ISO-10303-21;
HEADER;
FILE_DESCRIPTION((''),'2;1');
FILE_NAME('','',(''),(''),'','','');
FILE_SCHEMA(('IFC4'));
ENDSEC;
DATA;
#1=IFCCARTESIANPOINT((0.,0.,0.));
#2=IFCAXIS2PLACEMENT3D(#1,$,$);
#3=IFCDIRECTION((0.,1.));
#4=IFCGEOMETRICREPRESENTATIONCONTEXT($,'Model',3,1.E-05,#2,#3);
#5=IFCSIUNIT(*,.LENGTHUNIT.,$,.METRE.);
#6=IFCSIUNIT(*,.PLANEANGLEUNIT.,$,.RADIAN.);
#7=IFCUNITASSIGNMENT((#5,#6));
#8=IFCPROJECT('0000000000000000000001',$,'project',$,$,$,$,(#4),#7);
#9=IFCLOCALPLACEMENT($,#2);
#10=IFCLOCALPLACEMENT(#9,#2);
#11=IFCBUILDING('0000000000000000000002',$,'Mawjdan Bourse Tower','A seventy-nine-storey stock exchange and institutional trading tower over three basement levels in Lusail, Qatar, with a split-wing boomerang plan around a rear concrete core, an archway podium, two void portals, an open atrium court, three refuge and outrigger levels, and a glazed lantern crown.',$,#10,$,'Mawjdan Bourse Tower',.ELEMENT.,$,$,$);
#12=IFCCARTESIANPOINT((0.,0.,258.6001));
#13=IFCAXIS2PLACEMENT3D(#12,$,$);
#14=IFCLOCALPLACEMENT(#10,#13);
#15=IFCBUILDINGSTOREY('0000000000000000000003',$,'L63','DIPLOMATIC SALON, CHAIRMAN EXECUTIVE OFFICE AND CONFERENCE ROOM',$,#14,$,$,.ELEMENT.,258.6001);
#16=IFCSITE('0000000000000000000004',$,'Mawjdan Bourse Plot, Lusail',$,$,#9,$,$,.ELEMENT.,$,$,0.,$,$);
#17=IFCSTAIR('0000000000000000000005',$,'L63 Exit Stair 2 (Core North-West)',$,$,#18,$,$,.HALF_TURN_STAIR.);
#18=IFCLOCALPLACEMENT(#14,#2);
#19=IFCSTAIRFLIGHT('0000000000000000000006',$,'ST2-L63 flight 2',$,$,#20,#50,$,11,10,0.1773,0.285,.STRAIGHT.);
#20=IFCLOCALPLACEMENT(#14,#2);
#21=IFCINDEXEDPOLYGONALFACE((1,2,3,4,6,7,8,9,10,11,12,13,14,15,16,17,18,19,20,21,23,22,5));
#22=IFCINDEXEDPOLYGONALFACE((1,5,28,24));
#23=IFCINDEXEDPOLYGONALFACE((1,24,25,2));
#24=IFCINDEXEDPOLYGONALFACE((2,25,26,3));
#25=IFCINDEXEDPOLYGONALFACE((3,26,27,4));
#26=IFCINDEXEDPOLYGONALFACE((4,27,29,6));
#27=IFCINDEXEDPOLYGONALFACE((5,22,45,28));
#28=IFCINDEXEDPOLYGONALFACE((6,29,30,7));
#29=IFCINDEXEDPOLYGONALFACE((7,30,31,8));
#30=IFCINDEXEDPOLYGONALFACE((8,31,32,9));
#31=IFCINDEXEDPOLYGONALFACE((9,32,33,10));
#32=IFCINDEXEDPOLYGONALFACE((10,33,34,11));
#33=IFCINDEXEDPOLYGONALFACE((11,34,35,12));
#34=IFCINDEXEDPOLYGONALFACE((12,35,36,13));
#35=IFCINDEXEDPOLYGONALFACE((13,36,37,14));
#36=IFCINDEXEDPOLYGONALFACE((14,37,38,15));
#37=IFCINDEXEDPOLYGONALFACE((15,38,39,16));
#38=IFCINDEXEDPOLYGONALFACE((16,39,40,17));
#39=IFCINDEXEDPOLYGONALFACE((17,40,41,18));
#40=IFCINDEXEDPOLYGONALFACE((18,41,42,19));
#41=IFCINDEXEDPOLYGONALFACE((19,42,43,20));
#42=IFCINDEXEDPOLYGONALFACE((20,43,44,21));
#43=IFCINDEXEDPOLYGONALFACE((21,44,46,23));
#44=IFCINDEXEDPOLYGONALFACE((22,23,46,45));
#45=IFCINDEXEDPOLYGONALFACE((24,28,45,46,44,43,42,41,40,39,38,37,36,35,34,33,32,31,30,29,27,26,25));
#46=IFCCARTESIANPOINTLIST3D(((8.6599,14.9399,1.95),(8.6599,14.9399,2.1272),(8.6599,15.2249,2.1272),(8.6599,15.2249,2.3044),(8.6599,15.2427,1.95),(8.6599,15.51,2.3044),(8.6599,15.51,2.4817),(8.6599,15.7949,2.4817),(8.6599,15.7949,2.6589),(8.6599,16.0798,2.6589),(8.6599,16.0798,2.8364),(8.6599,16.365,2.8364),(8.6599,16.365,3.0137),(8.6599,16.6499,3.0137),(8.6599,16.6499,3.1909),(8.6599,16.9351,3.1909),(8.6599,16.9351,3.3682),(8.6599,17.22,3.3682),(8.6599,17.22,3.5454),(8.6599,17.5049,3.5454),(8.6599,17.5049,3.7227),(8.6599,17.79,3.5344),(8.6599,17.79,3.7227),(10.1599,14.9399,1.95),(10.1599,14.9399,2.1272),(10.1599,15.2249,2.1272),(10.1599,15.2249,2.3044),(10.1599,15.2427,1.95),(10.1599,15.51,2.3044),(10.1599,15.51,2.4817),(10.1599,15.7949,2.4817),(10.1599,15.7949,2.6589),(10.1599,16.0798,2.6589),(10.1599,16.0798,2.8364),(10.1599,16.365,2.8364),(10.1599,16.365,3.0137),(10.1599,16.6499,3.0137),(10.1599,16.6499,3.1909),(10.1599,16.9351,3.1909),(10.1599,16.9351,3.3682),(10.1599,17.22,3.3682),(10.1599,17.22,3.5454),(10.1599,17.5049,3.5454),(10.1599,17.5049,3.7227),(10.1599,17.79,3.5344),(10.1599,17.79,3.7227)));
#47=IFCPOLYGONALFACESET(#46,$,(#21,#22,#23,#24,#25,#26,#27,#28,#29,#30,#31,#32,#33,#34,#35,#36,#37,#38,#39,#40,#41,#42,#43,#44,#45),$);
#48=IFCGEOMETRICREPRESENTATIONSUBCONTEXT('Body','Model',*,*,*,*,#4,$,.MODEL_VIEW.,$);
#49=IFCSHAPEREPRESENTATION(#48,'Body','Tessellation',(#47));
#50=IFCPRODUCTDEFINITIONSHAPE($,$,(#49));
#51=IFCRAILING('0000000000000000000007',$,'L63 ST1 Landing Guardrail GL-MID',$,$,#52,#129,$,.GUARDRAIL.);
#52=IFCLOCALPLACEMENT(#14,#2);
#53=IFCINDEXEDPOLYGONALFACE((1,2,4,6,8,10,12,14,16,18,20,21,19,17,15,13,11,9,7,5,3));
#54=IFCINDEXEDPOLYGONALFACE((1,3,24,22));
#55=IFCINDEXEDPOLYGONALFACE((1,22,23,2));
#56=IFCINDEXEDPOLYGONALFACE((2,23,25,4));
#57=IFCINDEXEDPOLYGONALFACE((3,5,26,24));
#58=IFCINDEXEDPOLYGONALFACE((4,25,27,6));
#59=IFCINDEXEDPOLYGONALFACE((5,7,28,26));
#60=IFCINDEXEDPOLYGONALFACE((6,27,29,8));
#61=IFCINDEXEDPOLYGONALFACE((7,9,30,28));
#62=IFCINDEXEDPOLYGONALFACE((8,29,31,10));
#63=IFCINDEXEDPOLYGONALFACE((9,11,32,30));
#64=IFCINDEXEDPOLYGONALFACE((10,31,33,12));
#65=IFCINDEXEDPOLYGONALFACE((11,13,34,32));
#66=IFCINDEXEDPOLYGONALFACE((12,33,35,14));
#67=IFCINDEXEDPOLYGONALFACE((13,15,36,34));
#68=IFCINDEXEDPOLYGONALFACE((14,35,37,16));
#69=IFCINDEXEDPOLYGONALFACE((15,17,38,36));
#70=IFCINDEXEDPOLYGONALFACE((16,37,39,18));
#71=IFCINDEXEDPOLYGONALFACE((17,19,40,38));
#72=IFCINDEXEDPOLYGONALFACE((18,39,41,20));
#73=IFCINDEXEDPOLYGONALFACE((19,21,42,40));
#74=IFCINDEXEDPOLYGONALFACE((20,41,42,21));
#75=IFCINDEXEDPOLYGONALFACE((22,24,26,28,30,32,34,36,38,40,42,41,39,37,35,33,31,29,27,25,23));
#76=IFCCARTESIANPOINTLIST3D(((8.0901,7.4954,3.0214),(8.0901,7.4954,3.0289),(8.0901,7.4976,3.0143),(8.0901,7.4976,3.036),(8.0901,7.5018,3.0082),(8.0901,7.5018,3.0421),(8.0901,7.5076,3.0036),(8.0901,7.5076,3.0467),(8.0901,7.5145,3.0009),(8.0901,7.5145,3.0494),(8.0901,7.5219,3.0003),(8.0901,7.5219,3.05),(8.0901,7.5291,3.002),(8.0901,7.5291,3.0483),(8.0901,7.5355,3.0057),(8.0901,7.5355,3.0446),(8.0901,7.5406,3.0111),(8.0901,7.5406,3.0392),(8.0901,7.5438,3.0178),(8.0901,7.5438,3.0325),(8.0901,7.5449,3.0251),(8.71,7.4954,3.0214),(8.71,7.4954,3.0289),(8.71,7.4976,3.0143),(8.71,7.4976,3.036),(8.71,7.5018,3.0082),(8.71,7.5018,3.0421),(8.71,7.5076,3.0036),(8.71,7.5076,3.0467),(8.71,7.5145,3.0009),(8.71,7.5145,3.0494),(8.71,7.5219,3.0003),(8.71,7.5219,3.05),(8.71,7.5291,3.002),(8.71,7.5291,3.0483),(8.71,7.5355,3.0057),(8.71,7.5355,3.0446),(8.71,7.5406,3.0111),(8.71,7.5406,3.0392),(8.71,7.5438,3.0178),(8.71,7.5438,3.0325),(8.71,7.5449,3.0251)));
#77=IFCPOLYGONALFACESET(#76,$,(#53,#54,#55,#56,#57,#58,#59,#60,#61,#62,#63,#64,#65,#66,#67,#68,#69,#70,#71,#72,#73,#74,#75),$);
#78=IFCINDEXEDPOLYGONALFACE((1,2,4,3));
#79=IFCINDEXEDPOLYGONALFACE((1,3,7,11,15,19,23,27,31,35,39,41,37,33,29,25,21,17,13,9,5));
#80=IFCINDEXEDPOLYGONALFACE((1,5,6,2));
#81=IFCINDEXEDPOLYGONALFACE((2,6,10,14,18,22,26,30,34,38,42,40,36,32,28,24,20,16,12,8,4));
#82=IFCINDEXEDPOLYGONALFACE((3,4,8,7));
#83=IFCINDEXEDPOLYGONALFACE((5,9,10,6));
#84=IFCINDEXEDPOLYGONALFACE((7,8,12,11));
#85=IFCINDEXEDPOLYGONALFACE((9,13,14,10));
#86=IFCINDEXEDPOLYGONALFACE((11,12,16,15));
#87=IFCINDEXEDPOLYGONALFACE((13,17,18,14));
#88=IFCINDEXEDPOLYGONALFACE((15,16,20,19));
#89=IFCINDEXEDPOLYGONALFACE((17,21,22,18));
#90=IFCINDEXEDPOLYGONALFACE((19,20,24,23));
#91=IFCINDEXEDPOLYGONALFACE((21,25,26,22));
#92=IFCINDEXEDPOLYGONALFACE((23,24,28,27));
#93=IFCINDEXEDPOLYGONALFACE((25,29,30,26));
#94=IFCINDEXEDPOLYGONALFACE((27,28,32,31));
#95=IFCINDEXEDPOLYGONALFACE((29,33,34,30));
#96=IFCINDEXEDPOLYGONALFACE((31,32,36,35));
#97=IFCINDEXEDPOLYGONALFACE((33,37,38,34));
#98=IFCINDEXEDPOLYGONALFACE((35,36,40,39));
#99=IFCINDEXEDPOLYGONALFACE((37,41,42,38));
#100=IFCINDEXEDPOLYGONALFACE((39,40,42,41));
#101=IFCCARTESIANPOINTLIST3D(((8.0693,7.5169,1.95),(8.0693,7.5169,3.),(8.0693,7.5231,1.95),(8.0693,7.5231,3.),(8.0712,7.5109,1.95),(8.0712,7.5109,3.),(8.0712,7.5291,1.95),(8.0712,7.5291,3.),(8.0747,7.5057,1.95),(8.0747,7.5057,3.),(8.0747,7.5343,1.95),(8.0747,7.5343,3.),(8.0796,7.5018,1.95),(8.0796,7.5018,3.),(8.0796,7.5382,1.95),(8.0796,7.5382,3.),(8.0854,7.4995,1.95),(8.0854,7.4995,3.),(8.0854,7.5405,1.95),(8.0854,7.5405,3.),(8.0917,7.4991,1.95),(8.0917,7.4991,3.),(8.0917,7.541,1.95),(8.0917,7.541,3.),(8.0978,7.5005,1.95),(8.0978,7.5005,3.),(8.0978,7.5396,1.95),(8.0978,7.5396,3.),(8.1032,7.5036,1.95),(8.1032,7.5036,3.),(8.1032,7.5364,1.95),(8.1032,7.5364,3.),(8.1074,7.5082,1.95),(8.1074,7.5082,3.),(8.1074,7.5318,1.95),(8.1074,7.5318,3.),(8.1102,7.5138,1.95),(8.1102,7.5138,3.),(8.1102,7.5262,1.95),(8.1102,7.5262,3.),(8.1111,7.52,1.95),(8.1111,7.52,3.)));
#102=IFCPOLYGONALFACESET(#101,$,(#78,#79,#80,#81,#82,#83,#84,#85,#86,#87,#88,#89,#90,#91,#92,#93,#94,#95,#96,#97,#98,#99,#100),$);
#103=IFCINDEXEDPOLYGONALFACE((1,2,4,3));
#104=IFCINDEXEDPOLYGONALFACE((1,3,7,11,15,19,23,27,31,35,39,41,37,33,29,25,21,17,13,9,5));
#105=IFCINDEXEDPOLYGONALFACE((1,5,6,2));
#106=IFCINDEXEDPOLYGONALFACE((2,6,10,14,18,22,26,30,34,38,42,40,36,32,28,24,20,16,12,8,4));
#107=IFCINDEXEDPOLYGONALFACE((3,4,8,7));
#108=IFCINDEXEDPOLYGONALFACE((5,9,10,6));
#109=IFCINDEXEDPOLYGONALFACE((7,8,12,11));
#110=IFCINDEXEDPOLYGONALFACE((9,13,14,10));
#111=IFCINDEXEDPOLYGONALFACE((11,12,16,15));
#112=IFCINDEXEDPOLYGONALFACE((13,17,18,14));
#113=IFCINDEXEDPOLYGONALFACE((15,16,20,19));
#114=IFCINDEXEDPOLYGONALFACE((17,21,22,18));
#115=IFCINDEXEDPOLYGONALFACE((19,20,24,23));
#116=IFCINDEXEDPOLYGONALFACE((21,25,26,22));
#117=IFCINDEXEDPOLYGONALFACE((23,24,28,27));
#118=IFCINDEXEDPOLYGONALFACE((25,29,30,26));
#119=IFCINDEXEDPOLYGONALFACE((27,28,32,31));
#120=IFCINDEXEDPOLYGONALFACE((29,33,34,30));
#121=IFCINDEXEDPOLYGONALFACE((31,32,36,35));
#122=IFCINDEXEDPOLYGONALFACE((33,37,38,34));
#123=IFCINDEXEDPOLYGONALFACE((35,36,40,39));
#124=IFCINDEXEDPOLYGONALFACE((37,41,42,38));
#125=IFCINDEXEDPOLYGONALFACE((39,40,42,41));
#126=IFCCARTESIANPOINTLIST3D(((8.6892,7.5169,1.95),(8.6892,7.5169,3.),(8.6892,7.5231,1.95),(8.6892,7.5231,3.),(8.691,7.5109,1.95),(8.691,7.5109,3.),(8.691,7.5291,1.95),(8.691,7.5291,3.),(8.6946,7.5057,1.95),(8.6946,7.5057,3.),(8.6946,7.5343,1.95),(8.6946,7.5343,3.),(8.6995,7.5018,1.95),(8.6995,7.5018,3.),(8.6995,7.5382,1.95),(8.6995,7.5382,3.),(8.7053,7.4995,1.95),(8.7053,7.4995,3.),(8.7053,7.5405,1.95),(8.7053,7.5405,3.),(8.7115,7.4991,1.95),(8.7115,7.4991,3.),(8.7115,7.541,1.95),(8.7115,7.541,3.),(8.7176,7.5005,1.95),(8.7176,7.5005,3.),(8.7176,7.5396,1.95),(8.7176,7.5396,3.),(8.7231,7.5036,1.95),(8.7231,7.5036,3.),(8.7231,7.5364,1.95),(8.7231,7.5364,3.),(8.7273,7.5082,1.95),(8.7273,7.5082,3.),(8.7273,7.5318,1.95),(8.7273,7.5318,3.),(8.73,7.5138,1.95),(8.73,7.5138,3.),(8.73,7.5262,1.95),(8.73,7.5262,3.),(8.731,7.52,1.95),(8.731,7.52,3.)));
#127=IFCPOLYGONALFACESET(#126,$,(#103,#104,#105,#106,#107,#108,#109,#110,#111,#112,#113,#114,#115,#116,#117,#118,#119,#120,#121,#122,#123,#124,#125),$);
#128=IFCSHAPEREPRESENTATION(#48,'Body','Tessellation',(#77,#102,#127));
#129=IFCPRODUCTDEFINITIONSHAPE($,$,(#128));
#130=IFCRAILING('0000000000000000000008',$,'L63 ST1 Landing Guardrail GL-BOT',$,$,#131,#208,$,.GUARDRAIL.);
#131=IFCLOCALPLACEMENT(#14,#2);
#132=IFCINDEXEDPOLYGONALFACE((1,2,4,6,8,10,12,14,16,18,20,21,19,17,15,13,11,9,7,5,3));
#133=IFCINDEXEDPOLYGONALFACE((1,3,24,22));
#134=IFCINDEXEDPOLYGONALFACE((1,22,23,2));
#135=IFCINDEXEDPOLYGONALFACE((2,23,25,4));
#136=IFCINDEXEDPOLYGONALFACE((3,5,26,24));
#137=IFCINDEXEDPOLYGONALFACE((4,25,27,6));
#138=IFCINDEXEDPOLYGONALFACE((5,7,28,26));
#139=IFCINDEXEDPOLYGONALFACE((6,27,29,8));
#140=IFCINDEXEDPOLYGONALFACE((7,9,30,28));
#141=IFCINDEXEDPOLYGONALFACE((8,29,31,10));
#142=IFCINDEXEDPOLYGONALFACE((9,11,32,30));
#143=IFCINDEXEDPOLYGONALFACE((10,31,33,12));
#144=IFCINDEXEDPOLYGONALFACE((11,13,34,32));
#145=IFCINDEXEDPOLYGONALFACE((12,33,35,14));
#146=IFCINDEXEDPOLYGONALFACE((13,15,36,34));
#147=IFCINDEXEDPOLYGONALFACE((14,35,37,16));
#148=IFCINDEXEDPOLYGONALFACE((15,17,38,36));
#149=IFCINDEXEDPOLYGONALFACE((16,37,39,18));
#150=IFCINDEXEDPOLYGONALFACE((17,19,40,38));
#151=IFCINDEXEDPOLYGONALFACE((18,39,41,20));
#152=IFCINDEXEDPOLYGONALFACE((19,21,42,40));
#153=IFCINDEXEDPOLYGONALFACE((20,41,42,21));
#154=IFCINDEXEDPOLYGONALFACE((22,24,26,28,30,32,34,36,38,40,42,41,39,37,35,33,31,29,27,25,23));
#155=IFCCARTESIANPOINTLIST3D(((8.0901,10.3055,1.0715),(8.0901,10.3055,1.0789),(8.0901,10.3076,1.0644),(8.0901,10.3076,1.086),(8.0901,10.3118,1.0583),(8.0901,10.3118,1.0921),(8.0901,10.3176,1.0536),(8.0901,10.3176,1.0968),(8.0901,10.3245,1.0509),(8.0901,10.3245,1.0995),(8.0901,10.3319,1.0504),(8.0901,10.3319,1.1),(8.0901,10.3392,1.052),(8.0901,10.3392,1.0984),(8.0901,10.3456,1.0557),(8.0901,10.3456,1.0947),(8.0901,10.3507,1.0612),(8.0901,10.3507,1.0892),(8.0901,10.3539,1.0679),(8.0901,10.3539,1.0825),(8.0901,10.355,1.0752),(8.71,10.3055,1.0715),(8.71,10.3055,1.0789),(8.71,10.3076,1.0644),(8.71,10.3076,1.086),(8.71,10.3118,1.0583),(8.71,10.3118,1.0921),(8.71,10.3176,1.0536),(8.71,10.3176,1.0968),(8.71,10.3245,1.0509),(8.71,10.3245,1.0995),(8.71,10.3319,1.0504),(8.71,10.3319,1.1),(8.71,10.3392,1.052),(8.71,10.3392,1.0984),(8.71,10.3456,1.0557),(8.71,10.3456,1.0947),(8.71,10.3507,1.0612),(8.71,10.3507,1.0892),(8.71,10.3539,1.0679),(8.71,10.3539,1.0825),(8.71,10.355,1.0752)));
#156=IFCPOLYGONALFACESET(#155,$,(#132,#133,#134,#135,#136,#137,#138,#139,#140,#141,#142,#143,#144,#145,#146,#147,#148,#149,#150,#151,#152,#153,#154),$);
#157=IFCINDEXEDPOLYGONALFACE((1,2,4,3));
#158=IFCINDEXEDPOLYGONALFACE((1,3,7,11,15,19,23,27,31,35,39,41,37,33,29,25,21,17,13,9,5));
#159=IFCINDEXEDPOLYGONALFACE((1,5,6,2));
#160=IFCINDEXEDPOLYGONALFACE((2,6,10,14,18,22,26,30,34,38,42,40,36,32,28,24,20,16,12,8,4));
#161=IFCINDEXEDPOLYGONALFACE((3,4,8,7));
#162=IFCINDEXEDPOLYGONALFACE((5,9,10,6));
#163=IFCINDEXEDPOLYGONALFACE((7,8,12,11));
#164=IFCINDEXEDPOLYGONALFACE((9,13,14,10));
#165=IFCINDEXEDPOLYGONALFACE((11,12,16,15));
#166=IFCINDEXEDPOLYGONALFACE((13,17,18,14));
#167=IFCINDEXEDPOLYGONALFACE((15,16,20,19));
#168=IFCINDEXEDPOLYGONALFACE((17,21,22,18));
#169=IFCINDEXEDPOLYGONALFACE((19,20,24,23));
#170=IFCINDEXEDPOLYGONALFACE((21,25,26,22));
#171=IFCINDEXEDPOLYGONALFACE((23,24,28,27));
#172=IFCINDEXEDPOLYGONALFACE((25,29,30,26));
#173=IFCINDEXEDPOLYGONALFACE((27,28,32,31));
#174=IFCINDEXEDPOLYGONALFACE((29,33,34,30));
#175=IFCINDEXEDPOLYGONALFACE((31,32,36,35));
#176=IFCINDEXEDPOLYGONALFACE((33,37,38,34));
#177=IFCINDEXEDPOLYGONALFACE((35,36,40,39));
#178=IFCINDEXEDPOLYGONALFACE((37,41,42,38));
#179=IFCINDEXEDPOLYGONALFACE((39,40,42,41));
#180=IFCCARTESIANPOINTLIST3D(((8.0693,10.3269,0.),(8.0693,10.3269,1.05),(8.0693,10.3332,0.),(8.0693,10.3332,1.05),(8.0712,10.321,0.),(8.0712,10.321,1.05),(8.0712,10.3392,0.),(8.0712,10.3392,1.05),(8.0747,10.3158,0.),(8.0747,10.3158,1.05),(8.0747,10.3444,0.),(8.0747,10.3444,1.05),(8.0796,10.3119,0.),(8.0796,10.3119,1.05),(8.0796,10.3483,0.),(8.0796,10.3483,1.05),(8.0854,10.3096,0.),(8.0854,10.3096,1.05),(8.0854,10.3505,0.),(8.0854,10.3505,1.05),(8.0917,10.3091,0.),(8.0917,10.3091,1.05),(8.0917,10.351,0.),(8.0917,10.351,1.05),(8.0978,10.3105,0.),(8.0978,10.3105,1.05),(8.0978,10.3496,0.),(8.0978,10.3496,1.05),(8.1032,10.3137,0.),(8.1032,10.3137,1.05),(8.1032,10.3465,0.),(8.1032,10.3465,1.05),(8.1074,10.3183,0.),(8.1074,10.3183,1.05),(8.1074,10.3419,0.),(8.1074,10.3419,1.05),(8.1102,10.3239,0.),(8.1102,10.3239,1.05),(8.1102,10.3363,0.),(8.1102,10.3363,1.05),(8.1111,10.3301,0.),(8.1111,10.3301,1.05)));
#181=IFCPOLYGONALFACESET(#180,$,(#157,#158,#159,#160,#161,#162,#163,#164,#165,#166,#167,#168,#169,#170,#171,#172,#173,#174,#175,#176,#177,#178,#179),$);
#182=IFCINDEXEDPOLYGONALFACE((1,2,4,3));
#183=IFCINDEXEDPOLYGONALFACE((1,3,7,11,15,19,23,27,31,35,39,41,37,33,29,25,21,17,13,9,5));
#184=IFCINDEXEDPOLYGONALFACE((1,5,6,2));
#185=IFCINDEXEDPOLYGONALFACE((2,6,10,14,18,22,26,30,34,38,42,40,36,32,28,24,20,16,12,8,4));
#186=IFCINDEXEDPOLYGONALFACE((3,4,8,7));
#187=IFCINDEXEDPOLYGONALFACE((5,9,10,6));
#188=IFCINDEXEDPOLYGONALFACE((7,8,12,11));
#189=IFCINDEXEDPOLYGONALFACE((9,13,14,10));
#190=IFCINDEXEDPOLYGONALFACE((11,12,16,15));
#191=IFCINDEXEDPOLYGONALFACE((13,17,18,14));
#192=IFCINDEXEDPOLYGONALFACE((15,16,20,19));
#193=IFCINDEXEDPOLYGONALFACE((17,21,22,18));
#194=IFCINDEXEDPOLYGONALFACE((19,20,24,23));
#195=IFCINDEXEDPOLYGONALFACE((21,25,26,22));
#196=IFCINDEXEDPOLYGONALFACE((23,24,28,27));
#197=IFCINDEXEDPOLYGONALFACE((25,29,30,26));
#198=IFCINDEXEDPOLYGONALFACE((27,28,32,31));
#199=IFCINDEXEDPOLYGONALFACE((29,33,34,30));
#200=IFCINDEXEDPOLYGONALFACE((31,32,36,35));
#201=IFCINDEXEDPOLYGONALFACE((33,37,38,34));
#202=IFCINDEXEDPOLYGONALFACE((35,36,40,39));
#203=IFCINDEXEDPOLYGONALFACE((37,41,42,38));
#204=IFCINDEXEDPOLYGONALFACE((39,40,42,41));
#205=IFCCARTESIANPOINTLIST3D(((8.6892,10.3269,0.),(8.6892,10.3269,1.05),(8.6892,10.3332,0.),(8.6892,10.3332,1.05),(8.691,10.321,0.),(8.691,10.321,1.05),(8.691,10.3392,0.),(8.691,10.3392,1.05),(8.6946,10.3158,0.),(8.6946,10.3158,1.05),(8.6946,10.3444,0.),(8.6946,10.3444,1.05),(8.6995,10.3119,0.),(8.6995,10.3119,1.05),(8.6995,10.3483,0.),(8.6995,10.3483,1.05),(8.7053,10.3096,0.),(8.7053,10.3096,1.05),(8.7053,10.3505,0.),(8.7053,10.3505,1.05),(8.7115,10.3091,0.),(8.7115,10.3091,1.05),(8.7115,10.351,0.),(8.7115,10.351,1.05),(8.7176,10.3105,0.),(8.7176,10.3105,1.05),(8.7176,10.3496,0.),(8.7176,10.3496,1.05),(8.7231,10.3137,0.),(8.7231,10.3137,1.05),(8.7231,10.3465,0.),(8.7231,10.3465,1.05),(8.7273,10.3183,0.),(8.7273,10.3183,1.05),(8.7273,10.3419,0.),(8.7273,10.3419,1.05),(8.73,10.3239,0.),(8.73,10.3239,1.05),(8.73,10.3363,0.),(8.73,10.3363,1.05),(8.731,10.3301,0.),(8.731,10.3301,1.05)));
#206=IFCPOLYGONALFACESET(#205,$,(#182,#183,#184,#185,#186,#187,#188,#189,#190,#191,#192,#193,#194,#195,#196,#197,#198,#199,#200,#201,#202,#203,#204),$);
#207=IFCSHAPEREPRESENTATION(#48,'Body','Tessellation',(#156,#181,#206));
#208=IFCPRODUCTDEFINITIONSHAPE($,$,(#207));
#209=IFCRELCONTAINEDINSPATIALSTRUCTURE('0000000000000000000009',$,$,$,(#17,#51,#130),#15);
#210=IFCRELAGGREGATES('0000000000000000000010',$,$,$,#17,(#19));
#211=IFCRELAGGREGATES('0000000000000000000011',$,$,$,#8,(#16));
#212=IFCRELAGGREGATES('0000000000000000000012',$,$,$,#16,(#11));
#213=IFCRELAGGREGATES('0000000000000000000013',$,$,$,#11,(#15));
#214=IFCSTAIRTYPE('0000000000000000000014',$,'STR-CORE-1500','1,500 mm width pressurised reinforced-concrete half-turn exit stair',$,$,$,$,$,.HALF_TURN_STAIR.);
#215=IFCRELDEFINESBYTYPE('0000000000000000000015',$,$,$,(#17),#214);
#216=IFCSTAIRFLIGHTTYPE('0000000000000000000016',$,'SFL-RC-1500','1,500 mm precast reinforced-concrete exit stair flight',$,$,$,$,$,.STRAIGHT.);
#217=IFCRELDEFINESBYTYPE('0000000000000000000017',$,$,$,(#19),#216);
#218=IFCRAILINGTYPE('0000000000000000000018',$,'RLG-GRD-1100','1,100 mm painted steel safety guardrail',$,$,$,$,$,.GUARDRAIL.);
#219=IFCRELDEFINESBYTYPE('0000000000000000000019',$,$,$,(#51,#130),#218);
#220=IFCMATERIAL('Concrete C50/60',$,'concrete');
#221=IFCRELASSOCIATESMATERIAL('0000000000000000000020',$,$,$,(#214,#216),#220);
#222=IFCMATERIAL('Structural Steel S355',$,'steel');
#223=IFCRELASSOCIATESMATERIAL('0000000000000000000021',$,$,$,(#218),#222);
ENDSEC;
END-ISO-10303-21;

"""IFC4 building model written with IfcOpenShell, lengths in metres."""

from ifc_helpers import new_model, si_unit, direction, frame, origin, origin_2d, place, context, subcontext, project, spatial, polyline, circle, outline, extrude, material, type_object, element, aggregate, save


model = new_model("IFC4")

# Units and contexts
model_context = context("Model", 3, precision=1e-05, world=origin(), true_north=direction((0.0, 1.0)))
body_context = subcontext(model_context, "Body", "Model", "MODEL_VIEW")
ifc_project = project(units=[si_unit("LENGTHUNIT", "METRE"), si_unit("PLANEANGLEUNIT", "RADIAN")], contexts=[model_context])

# Site, building, storey
site_placement = place(None, origin())
site = spatial("IfcSite", under=ifc_project, at=site_placement, Name="Mawjdan Bourse Plot, Lusail", CompositionType="ELEMENT", RefElevation=0.0)
building_placement = place(site_placement, origin())
building = spatial("IfcBuilding", under=site, at=building_placement, Name="Mawjdan Bourse Tower", Description="A seventy-nine-storey stock exchange and institutional trading tower over three basement levels in Lusail, Qatar, with a split-wing boomerang plan around a rear concrete core, an archway podium, two void portals, an open atrium court, three refuge and outrigger levels, and a glazed lantern crown.", LongName="Mawjdan Bourse Tower", CompositionType="ELEMENT")
storey_placement = place(building_placement, frame((0.0, 0.0, 258.6001)))
storey = spatial("IfcBuildingStorey", under=building, at=storey_placement, Name="L63", Description="DIPLOMATIC SALON, CHAIRMAN EXECUTIVE OFFICE AND CONFERENCE ROOM", CompositionType="ELEMENT", Elevation=258.6001)

# Shared definitions
ifc_material_1 = material(Name="Concrete C50/60", Category="concrete")

# Shared definitions
stair_type = type_object("IfcStairType", Name="STR-CORE-1500", Description="1,500 mm width pressurised reinforced-concrete half-turn exit stair", PredefinedType="HALF_TURN_STAIR", material=ifc_material_1)
stair_flight_type = type_object("IfcStairFlightType", Name="SFL-RC-1500", Description="1,500 mm precast reinforced-concrete exit stair flight", PredefinedType="STRAIGHT", material=ifc_material_1)

# Stair, stair flight
stair_1_placement = place(storey_placement, origin())
stair_1 = element("IfcStair", 1, at=stair_1_placement, inside=storey, type_object=stair_type, Name="L63 Exit Stair 2 (Core North-West)", PredefinedType="HALF_TURN_STAIR")
stair_flight_1_placement = place(storey_placement, frame((9.4099, 14.9399, 1.95), z_axis=(0.0, 0.0, 1.0), x_axis=(0.0, 1.0, 0.0)))
stair_flight_1 = element("IfcStairFlight", 2, at=stair_flight_1_placement, type_object=stair_flight_type, Name="ST2-L63 flight 2", NumberOfRisers=11, NumberOfTreads=10, PredefinedType="STRAIGHT", RiserHeight=0.1773, TreadLength=0.285, context=body_context, shape_type="SweptSolid", body=[
    extrude(outline(polyline([(0.0, 0.0), (0.0, 0.1772), (0.2849, 0.1772), (0.2849, 0.3545), (0.5701, 0.3545), (0.5701, 0.5317), (0.855, 0.5317), (0.855, 0.709), (1.1399, 0.709), (1.1399, 0.8865), (1.425, 0.8865), (1.425, 1.0637), (1.71, 1.0637), (1.71, 1.241), (1.9951, 1.241), (1.9951, 1.4182), (2.28, 1.4182), (2.28, 1.5955), (2.5649, 1.5955), (2.5649, 1.7727), (2.8501, 1.7727), (2.8501, 1.95), (2.8501, 1.5845), (0.3027, 0.0), (0.0, 0.0)])), frame((0.0, 0.75, 0.0), z_axis=(0.0, -1.0, 0.0), x_axis=(1.0, 0.0, 0.0)), (0.0, 0.0, 1.0), 1.5),
])
aggregate(stair_1, [stair_flight_1])

# Railings
ifc_material_2 = material(Name="Structural Steel S355", Category="steel")
railing_type_1 = type_object("IfcRailingType", Name="RLG-GRD-1100", Description="1,100 mm painted steel safety guardrail", PredefinedType="GUARDRAIL", material=ifc_material_2)
for number, where, name in (
    (3, (8.0901, 7.52, 1.95), "L63 ST1 Landing Guardrail GL-MID"),
    (4, (8.0901, 10.3301, 0.0), "L63 ST1 Landing Guardrail GL-BOT"),
):
    element("IfcRailing", number, at=place(storey_placement, frame(where)), inside=storey, type_object=railing_type_1, Name=name, PredefinedType="GUARDRAIL", context=body_context, shape_type="SweptSolid", body=[
        extrude(circle(Radius=0.0249, at=origin_2d()), frame((0.0, 0.0, 1.0752), z_axis=(1.0, 0.0, 0.0), x_axis=(0.0, 1.0, 0.0)), (0.0, 0.0, 1.0), 0.6199),
        extrude(circle(Radius=0.021, at=origin_2d()), origin(), (0.0, 0.0, 1.0), 1.05),
        extrude(circle(Radius=0.021, at=origin_2d()), frame((0.6199, 0.0, 0.0)), (0.0, 0.0, 1.0), 1.05),
    ])

save(model, "model.ifc")
